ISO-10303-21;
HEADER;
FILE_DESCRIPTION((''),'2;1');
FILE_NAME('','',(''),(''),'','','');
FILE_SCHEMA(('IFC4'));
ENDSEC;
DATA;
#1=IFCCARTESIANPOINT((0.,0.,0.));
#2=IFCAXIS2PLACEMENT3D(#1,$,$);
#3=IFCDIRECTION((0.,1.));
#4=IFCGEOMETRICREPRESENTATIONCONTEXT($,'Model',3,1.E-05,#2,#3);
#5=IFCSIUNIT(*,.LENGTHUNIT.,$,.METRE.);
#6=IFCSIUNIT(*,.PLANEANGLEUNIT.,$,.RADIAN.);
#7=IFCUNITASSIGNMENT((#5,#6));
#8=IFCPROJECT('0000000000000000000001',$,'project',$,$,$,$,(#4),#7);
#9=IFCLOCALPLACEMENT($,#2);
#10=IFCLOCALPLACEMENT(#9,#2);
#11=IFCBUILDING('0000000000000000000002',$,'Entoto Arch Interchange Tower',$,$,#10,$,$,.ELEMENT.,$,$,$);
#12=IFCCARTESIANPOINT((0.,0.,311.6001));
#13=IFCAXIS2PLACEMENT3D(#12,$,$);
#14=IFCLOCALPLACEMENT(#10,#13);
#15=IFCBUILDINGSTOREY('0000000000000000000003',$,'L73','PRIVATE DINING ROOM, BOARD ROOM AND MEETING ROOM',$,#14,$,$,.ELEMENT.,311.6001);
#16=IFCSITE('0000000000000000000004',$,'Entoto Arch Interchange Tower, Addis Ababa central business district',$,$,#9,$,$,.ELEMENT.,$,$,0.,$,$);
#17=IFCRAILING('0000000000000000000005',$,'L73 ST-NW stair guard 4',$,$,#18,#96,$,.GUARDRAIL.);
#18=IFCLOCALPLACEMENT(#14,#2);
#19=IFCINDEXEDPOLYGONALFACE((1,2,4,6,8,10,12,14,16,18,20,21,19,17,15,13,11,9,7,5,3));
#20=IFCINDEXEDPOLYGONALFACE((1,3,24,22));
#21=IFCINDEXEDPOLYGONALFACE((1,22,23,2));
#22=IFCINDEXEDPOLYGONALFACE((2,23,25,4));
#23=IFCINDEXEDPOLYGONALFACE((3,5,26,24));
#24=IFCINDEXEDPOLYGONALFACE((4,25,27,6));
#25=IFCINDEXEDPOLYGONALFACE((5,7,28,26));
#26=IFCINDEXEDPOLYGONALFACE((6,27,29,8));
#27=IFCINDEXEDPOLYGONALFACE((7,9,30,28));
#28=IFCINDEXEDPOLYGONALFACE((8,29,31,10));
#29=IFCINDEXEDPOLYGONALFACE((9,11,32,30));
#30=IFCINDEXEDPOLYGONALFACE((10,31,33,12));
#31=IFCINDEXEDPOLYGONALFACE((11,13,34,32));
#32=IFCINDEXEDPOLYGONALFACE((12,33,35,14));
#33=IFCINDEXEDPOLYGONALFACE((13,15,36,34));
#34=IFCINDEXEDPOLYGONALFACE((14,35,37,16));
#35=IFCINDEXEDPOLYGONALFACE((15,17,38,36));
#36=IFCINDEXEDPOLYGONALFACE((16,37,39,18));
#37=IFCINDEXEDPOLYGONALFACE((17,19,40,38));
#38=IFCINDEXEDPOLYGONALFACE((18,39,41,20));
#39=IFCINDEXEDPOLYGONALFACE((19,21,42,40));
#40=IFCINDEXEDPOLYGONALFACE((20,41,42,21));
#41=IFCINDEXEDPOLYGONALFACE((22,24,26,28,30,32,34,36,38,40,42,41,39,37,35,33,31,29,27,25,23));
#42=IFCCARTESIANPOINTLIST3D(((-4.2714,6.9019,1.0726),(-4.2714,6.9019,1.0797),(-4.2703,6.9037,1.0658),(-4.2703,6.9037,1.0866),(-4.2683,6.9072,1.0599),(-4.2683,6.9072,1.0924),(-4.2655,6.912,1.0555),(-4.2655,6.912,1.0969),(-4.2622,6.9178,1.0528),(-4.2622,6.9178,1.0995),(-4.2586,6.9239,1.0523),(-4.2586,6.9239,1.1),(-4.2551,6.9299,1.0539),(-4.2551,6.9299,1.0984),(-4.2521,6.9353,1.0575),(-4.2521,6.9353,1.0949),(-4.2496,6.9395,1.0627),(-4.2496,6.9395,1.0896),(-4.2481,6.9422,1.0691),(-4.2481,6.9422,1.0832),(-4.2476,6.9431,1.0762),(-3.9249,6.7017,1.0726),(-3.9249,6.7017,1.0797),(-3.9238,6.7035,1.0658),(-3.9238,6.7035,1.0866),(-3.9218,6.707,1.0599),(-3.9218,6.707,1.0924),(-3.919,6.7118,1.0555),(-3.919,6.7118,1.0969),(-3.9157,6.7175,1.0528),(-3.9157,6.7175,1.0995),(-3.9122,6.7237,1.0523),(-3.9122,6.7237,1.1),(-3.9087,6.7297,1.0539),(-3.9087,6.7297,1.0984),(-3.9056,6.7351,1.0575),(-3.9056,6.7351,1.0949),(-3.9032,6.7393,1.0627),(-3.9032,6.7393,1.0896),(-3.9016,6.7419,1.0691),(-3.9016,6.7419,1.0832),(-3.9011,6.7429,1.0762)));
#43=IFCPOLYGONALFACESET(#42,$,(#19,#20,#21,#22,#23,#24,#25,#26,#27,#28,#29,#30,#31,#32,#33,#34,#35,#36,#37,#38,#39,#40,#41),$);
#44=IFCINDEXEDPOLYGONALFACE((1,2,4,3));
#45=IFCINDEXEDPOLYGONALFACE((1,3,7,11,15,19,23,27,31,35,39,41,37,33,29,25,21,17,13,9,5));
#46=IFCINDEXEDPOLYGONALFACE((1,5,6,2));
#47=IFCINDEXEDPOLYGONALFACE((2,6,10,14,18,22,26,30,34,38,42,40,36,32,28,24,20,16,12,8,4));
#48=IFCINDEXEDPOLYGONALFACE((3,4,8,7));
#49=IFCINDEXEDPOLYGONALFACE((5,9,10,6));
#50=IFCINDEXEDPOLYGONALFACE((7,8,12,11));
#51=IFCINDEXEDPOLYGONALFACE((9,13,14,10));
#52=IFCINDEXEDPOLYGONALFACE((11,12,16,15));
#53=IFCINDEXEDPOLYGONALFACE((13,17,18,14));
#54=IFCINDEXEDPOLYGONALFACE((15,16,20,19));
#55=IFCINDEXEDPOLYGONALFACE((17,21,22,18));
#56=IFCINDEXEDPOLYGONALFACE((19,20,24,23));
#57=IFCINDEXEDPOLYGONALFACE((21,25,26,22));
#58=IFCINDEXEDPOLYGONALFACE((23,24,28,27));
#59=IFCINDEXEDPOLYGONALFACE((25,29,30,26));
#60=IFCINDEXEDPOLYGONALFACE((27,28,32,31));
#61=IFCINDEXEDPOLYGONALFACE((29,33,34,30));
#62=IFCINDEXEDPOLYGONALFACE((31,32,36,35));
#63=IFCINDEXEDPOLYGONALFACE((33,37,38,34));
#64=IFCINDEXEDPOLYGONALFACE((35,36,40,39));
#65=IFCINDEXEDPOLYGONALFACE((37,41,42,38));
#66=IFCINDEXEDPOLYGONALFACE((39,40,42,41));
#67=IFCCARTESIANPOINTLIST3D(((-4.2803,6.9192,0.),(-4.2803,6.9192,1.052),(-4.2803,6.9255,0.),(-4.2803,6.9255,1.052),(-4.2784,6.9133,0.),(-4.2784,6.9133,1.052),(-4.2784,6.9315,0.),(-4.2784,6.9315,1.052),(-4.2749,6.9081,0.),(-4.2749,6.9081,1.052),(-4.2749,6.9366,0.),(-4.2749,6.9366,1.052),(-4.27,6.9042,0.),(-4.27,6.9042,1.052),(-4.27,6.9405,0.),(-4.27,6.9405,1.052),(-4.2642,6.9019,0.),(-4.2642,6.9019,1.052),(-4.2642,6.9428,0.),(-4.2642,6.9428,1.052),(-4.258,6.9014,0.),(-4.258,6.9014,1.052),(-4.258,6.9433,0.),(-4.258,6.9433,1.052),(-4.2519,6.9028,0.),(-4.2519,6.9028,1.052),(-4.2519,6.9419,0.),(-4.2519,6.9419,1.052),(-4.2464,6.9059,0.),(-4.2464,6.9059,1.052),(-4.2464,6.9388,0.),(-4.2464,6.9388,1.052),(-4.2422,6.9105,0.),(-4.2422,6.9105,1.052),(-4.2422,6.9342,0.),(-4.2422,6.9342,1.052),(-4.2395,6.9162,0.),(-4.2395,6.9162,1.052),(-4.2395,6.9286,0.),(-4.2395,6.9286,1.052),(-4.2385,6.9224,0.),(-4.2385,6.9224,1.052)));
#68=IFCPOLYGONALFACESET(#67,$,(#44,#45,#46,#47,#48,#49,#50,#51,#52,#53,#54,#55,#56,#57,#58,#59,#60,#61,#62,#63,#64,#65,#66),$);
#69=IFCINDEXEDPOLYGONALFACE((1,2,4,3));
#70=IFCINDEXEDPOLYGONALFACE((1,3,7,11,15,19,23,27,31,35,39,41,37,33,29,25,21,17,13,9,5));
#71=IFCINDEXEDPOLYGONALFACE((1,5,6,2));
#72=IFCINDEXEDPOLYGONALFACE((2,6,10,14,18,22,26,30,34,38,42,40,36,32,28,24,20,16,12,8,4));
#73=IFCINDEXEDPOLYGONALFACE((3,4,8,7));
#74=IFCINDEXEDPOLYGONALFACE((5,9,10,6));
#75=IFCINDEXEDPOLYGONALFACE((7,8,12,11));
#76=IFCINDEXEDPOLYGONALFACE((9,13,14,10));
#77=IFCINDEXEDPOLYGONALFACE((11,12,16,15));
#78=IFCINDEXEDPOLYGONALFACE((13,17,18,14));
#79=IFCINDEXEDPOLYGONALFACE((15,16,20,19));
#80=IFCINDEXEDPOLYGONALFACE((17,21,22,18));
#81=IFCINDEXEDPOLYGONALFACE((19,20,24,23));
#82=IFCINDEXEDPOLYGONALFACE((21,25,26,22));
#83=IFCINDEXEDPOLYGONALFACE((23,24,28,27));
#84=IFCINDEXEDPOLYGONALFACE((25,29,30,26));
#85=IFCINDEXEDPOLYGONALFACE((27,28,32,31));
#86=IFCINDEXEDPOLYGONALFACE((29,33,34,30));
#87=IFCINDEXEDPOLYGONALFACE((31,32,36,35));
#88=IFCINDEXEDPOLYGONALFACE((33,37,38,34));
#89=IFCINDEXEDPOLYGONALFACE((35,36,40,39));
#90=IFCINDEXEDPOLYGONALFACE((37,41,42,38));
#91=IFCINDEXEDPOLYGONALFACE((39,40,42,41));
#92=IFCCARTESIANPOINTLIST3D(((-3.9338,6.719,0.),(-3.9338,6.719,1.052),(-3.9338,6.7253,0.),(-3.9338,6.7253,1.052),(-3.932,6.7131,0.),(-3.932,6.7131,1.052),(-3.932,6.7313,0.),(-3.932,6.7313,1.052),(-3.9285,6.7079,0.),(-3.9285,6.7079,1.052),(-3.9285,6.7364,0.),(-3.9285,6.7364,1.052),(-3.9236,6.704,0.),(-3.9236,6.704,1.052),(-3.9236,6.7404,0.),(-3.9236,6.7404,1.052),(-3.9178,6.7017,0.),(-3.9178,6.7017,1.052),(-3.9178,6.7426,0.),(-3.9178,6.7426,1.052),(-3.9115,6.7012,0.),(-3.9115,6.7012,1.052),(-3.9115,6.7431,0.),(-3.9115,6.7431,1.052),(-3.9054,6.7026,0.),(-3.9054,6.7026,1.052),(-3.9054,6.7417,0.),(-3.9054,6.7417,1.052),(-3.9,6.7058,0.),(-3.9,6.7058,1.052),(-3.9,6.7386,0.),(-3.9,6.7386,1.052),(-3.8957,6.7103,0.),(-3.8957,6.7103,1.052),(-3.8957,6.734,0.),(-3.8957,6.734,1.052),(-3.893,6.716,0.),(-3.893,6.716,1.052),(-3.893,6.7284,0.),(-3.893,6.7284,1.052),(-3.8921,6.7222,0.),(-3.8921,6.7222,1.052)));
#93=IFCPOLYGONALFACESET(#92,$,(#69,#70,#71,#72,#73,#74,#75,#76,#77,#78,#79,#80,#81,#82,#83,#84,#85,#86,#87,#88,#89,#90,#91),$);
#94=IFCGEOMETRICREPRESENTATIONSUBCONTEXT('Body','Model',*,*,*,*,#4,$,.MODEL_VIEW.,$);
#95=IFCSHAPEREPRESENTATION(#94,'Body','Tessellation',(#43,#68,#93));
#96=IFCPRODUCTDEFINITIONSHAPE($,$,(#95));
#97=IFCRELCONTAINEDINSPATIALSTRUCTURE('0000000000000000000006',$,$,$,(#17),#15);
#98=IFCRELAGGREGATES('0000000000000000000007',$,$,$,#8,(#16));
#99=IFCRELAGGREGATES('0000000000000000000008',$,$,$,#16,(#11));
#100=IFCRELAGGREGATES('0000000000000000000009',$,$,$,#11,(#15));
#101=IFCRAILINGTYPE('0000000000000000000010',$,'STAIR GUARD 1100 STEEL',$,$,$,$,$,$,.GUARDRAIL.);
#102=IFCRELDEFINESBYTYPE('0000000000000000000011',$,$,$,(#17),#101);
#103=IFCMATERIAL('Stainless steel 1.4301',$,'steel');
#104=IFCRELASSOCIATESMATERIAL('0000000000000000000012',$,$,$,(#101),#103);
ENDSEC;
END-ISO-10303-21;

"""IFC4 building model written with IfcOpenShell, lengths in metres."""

from ifc_helpers import new_model, si_unit, direction, frame, origin, origin_2d, place, context, subcontext, project, spatial, circle, extrude, material, type_object, element, save


model = new_model("IFC4")

# Units and contexts
model_context = context("Model", 3, precision=1e-05, world=origin(), true_north=direction((0.0, 1.0)))
body_context = subcontext(model_context, "Body", "Model", "MODEL_VIEW")
ifc_project = project(units=[si_unit("LENGTHUNIT", "METRE"), si_unit("PLANEANGLEUNIT", "RADIAN")], contexts=[model_context])

# Site, building, storey
site_placement = place(None, origin())
site = spatial("IfcSite", under=ifc_project, at=site_placement, Name="Entoto Arch Interchange Tower, Addis Ababa central business district", CompositionType="ELEMENT", RefElevation=0.0)
building_placement = place(site_placement, origin())
building = spatial("IfcBuilding", under=site, at=building_placement, Name="Entoto Arch Interchange Tower", CompositionType="ELEMENT")
storey_placement = place(building_placement, frame((0.0, 0.0, 311.6001)))
storey = spatial("IfcBuildingStorey", under=building, at=storey_placement, Name="L73", Description="PRIVATE DINING ROOM, BOARD ROOM AND MEETING ROOM", CompositionType="ELEMENT", Elevation=311.6001)

# Railing
ifc_material_1 = material(Name="Stainless steel 1.4301", Category="steel")
railing_type_1 = type_object("IfcRailingType", Name="STAIR GUARD 1100 STEEL", PredefinedType="GUARDRAIL", material=ifc_material_1)
railing_1_placement = place(storey_placement, frame((-4.2595, 6.9224, 0.0)))
element("IfcRailing", 1, at=railing_1_placement, inside=storey, type_object=railing_type_1, Name="L73 ST-NW stair guard 4", PredefinedType="GUARDRAIL", context=body_context, shape_type="SweptSolid", body=[
    extrude(circle(Radius=0.0239, at=origin_2d()), frame((0.0, 0.0, 1.0762), z_axis=(0.86583, -0.500339, 0.0), x_axis=(0.500339, 0.86583, 0.0)), (0.0, 0.0, 1.0), 0.4001),
    extrude(circle(Radius=0.021, at=origin_2d()), origin(), (0.0, 0.0, 1.0), 1.052),
    extrude(circle(Radius=0.021, at=origin_2d()), frame((0.3464, -0.2002, 0.0)), (0.0, 0.0, 1.0), 1.052),
])

save(model, "model.ifc")
